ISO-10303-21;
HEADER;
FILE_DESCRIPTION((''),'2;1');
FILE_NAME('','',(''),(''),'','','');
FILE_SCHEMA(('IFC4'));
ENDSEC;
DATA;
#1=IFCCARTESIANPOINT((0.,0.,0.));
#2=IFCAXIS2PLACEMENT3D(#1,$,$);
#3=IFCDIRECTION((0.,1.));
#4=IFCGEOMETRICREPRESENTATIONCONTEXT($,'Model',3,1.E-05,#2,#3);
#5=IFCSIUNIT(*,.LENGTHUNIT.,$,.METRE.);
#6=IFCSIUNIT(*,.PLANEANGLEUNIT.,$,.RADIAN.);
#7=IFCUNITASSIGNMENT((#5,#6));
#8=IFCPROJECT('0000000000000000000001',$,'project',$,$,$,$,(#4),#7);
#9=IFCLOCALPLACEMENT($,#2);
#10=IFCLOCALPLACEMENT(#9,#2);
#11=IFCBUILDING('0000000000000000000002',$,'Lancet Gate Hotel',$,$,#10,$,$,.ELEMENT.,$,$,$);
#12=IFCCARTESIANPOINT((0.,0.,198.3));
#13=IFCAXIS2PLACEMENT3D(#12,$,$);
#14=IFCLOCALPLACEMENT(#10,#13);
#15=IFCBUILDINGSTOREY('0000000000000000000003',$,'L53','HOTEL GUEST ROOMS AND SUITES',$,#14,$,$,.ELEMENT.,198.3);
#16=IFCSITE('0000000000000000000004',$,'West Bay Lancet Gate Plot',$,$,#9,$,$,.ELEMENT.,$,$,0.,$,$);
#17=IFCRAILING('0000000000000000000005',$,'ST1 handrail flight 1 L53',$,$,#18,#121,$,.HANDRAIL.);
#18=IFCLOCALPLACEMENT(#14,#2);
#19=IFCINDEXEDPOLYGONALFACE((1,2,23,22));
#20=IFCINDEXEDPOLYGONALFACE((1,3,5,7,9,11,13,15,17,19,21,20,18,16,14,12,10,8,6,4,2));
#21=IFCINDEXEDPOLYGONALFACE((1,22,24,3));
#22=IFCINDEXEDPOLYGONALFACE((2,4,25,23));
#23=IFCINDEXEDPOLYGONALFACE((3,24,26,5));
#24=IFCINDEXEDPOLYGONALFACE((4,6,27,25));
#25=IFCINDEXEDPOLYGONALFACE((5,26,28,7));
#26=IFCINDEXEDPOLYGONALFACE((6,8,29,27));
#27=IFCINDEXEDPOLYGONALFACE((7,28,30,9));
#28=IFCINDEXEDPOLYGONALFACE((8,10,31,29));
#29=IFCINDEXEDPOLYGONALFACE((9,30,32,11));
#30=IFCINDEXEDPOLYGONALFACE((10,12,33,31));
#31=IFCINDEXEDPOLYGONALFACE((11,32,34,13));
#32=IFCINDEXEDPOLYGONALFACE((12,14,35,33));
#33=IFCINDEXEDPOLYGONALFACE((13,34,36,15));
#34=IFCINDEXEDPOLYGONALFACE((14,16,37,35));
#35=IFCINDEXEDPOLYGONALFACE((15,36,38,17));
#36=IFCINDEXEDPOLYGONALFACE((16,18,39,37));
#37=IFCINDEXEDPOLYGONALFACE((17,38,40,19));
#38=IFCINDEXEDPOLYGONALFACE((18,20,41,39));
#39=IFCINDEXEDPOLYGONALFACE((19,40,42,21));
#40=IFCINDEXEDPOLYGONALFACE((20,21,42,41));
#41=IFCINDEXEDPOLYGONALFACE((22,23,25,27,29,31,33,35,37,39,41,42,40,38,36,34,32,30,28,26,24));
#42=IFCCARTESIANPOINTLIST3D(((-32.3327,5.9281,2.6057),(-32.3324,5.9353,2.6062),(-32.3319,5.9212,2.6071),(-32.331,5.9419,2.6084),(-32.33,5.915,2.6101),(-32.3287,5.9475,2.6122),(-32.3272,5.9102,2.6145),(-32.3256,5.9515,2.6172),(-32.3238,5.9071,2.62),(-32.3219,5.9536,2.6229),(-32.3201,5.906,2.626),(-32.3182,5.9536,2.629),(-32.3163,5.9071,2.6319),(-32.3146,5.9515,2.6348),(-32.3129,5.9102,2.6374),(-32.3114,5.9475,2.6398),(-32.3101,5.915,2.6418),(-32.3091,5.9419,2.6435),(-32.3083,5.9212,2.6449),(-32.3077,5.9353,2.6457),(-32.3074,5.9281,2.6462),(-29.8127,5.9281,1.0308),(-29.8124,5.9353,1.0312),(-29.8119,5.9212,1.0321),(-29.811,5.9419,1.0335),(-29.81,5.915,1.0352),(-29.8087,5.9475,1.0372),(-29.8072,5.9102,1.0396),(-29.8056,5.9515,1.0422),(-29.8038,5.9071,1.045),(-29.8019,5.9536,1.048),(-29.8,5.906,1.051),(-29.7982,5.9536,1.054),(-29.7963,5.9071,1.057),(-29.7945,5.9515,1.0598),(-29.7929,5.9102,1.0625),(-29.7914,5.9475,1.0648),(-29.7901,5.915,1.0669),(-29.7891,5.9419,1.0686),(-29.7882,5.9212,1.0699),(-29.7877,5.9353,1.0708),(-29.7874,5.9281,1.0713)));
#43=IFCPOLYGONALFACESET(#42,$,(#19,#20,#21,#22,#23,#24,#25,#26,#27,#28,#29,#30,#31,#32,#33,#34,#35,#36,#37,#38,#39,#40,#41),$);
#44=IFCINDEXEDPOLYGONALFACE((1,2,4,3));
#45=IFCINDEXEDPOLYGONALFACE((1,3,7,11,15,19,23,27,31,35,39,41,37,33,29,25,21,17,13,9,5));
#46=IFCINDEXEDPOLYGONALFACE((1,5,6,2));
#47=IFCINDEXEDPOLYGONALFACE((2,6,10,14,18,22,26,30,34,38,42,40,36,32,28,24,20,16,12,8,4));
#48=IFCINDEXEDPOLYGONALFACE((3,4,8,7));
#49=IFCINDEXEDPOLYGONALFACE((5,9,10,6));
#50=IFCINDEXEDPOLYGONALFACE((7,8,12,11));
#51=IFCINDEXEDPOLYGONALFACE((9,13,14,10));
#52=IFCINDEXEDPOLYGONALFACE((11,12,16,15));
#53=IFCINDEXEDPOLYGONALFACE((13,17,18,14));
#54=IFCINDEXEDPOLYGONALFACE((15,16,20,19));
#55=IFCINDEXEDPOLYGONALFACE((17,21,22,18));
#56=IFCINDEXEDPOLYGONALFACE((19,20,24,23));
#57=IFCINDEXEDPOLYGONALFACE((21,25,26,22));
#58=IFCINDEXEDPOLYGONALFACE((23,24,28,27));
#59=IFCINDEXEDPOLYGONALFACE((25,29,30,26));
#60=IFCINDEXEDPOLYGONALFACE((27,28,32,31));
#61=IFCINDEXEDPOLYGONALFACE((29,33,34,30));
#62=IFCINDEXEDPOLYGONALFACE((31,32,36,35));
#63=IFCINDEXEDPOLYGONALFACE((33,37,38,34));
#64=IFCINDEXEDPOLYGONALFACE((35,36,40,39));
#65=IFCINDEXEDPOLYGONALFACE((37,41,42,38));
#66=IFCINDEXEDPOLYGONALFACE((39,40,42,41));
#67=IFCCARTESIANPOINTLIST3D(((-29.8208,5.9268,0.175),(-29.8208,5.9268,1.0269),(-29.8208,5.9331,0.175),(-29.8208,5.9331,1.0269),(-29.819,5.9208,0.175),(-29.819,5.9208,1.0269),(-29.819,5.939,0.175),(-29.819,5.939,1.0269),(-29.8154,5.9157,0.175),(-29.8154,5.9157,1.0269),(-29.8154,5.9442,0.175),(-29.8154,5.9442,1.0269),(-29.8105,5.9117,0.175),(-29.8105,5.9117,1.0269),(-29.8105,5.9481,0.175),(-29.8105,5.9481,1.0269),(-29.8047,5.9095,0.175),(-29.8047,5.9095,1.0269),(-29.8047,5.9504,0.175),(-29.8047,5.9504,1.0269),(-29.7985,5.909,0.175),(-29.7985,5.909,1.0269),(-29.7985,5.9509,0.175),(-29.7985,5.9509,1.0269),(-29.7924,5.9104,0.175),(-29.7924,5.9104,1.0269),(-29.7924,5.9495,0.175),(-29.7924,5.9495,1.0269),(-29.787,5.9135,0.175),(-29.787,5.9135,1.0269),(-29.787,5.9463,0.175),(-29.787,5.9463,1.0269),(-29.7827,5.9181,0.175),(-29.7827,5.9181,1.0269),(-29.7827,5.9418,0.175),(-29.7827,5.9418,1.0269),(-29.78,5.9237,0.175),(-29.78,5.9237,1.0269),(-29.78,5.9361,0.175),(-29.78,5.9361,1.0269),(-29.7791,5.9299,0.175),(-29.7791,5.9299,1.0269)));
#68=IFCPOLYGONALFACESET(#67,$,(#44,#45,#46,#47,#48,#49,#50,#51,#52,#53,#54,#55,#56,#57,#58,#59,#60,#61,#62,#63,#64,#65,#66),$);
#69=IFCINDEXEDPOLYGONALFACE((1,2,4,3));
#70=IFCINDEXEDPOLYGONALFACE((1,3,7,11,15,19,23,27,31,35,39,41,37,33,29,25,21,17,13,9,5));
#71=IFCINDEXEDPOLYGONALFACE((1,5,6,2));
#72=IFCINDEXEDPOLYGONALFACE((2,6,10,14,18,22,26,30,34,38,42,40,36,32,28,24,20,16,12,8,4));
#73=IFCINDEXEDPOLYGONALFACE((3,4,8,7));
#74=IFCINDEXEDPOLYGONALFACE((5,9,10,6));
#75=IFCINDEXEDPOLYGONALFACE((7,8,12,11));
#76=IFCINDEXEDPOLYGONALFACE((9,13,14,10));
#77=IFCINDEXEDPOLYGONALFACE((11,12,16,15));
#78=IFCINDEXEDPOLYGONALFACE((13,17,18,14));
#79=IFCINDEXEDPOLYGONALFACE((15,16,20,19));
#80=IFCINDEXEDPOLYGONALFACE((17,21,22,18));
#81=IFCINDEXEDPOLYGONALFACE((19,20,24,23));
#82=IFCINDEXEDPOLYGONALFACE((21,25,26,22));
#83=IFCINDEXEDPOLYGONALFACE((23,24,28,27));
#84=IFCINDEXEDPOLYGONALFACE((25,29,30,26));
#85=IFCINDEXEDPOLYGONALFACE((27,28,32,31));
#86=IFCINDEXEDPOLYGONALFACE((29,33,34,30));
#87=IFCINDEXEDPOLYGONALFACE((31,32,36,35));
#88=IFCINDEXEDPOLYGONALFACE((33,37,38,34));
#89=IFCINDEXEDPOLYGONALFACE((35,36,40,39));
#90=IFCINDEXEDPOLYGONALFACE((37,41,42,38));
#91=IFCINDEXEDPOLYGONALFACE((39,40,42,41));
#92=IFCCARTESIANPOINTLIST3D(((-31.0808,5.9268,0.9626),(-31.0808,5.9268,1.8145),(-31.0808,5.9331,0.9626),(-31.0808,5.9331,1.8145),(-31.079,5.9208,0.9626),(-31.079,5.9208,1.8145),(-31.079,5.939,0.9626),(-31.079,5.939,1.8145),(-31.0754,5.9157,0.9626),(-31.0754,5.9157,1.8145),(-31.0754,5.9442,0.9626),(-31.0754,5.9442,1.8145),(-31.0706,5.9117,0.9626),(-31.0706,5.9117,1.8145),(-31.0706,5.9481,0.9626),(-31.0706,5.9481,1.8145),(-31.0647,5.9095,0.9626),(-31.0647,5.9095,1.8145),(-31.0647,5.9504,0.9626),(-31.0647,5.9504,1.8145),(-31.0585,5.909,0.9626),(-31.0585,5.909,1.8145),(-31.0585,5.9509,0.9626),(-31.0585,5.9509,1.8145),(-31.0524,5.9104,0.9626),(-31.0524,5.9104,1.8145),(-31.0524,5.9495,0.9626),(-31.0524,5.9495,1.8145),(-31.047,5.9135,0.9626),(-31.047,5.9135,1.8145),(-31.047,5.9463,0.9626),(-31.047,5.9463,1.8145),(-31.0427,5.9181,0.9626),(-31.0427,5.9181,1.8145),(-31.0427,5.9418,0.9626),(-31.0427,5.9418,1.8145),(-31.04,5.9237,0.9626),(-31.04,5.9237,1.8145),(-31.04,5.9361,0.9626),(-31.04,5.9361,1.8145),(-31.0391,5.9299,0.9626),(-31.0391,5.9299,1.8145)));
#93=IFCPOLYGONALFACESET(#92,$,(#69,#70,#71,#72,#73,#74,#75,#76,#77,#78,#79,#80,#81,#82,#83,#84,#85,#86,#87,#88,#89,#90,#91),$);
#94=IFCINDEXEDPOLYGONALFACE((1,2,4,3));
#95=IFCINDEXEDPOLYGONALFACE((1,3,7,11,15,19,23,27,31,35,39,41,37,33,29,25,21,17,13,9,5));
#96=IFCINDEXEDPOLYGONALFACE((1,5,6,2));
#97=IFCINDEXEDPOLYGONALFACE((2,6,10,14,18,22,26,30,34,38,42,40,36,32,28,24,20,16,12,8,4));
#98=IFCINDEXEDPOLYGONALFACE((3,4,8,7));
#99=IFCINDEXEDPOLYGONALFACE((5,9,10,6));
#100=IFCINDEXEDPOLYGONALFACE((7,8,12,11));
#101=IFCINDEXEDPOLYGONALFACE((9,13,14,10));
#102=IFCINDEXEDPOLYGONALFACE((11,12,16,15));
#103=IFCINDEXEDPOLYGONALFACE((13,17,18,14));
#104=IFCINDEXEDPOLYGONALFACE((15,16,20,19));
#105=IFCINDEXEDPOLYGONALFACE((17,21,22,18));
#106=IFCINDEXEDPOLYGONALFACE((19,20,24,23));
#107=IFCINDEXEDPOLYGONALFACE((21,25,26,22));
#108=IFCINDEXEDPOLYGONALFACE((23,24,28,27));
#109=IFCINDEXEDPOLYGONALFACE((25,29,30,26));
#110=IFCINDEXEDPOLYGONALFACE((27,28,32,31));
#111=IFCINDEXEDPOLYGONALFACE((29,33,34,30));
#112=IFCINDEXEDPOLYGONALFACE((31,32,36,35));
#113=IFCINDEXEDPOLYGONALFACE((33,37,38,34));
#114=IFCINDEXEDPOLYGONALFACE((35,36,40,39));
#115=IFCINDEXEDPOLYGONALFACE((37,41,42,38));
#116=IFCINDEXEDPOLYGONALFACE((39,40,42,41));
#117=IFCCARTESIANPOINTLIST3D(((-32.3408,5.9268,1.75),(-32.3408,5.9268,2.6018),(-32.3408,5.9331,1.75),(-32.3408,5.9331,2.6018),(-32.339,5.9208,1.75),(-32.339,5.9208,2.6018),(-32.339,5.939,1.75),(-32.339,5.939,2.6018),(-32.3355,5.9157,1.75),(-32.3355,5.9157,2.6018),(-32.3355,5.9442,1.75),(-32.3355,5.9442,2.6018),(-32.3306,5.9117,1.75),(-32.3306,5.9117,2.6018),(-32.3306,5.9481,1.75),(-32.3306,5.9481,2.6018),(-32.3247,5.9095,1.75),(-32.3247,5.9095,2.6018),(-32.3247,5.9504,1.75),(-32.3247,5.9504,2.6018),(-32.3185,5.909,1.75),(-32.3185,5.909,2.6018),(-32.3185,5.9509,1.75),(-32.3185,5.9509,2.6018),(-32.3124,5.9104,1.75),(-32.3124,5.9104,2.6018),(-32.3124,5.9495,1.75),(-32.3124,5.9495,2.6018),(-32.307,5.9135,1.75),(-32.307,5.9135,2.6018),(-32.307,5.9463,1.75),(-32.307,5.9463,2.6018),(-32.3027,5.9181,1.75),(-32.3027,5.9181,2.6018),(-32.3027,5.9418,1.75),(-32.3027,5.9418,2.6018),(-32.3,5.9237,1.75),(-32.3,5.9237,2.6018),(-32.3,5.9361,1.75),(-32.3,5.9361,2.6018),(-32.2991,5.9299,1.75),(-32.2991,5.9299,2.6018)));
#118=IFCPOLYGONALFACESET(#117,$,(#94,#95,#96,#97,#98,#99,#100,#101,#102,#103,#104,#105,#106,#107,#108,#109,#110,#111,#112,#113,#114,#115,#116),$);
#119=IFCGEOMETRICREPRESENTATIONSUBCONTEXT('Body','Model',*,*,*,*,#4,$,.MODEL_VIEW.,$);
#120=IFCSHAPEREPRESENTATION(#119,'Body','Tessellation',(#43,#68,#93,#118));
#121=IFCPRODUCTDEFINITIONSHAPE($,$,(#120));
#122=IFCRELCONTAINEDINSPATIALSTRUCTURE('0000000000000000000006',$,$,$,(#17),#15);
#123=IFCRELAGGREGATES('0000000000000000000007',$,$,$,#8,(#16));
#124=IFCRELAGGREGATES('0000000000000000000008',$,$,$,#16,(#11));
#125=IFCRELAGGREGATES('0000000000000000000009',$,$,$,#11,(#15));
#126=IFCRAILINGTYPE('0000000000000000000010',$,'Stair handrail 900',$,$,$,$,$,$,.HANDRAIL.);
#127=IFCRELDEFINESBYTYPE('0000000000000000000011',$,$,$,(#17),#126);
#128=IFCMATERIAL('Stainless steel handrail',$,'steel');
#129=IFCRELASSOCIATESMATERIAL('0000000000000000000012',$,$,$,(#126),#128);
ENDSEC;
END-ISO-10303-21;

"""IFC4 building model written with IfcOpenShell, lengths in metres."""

from ifc_helpers import new_model, si_unit, direction, frame, origin, origin_2d, place, context, subcontext, project, spatial, circle, extrude, material, type_object, element, save


model = new_model("IFC4")

# Units and contexts
model_context = context("Model", 3, precision=1e-05, world=origin(), true_north=direction((0.0, 1.0)))
body_context = subcontext(model_context, "Body", "Model", "MODEL_VIEW")
ifc_project = project(units=[si_unit("LENGTHUNIT", "METRE"), si_unit("PLANEANGLEUNIT", "RADIAN")], contexts=[model_context])

# Site, building, storey
site_placement = place(None, origin())
site = spatial("IfcSite", under=ifc_project, at=site_placement, Name="West Bay Lancet Gate Plot", CompositionType="ELEMENT", RefElevation=0.0)
building_placement = place(site_placement, origin())
building = spatial("IfcBuilding", under=site, at=building_placement, Name="Lancet Gate Hotel", CompositionType="ELEMENT")
storey_placement = place(building_placement, frame((0.0, 0.0, 198.3)))
storey = spatial("IfcBuildingStorey", under=building, at=storey_placement, Name="L53", Description="HOTEL GUEST ROOMS AND SUITES", CompositionType="ELEMENT", Elevation=198.3)

# Railing
ifc_material_1 = material(Name="Stainless steel handrail", Category="steel")
railing_type = type_object("IfcRailingType", Name="Stair handrail 900", PredefinedType="HANDRAIL", material=ifc_material_1)
railing_1_placement = place(storey_placement, frame((-29.8, 5.9299, 0.175)))
element("IfcRailing", 1, at=railing_1_placement, inside=storey, type_object=railing_type, Name="ST1 handrail flight 1 L53", PredefinedType="HANDRAIL", context=body_context, shape_type="SweptSolid", body=[
    extrude(circle(Radius=0.0239, at=origin_2d()), frame((0.0, 0.0, 0.876), z_axis=(-0.848008, 0.0, 0.529984), x_axis=(0.0, -1.0, 0.0)), (0.0, 0.0, 1.0), 2.9717),
    extrude(circle(Radius=0.021, at=origin_2d()), origin(), (0.0, 0.0, 1.0), 0.8518),
    extrude(circle(Radius=0.021, at=origin_2d()), frame((-1.26, 0.0, 0.7876)), (0.0, 0.0, 1.0), 0.8518),
    extrude(circle(Radius=0.021, at=origin_2d()), frame((-2.52, 0.0, 1.575)), (0.0, 0.0, 1.0), 0.8518),
])

save(model, "model.ifc")
